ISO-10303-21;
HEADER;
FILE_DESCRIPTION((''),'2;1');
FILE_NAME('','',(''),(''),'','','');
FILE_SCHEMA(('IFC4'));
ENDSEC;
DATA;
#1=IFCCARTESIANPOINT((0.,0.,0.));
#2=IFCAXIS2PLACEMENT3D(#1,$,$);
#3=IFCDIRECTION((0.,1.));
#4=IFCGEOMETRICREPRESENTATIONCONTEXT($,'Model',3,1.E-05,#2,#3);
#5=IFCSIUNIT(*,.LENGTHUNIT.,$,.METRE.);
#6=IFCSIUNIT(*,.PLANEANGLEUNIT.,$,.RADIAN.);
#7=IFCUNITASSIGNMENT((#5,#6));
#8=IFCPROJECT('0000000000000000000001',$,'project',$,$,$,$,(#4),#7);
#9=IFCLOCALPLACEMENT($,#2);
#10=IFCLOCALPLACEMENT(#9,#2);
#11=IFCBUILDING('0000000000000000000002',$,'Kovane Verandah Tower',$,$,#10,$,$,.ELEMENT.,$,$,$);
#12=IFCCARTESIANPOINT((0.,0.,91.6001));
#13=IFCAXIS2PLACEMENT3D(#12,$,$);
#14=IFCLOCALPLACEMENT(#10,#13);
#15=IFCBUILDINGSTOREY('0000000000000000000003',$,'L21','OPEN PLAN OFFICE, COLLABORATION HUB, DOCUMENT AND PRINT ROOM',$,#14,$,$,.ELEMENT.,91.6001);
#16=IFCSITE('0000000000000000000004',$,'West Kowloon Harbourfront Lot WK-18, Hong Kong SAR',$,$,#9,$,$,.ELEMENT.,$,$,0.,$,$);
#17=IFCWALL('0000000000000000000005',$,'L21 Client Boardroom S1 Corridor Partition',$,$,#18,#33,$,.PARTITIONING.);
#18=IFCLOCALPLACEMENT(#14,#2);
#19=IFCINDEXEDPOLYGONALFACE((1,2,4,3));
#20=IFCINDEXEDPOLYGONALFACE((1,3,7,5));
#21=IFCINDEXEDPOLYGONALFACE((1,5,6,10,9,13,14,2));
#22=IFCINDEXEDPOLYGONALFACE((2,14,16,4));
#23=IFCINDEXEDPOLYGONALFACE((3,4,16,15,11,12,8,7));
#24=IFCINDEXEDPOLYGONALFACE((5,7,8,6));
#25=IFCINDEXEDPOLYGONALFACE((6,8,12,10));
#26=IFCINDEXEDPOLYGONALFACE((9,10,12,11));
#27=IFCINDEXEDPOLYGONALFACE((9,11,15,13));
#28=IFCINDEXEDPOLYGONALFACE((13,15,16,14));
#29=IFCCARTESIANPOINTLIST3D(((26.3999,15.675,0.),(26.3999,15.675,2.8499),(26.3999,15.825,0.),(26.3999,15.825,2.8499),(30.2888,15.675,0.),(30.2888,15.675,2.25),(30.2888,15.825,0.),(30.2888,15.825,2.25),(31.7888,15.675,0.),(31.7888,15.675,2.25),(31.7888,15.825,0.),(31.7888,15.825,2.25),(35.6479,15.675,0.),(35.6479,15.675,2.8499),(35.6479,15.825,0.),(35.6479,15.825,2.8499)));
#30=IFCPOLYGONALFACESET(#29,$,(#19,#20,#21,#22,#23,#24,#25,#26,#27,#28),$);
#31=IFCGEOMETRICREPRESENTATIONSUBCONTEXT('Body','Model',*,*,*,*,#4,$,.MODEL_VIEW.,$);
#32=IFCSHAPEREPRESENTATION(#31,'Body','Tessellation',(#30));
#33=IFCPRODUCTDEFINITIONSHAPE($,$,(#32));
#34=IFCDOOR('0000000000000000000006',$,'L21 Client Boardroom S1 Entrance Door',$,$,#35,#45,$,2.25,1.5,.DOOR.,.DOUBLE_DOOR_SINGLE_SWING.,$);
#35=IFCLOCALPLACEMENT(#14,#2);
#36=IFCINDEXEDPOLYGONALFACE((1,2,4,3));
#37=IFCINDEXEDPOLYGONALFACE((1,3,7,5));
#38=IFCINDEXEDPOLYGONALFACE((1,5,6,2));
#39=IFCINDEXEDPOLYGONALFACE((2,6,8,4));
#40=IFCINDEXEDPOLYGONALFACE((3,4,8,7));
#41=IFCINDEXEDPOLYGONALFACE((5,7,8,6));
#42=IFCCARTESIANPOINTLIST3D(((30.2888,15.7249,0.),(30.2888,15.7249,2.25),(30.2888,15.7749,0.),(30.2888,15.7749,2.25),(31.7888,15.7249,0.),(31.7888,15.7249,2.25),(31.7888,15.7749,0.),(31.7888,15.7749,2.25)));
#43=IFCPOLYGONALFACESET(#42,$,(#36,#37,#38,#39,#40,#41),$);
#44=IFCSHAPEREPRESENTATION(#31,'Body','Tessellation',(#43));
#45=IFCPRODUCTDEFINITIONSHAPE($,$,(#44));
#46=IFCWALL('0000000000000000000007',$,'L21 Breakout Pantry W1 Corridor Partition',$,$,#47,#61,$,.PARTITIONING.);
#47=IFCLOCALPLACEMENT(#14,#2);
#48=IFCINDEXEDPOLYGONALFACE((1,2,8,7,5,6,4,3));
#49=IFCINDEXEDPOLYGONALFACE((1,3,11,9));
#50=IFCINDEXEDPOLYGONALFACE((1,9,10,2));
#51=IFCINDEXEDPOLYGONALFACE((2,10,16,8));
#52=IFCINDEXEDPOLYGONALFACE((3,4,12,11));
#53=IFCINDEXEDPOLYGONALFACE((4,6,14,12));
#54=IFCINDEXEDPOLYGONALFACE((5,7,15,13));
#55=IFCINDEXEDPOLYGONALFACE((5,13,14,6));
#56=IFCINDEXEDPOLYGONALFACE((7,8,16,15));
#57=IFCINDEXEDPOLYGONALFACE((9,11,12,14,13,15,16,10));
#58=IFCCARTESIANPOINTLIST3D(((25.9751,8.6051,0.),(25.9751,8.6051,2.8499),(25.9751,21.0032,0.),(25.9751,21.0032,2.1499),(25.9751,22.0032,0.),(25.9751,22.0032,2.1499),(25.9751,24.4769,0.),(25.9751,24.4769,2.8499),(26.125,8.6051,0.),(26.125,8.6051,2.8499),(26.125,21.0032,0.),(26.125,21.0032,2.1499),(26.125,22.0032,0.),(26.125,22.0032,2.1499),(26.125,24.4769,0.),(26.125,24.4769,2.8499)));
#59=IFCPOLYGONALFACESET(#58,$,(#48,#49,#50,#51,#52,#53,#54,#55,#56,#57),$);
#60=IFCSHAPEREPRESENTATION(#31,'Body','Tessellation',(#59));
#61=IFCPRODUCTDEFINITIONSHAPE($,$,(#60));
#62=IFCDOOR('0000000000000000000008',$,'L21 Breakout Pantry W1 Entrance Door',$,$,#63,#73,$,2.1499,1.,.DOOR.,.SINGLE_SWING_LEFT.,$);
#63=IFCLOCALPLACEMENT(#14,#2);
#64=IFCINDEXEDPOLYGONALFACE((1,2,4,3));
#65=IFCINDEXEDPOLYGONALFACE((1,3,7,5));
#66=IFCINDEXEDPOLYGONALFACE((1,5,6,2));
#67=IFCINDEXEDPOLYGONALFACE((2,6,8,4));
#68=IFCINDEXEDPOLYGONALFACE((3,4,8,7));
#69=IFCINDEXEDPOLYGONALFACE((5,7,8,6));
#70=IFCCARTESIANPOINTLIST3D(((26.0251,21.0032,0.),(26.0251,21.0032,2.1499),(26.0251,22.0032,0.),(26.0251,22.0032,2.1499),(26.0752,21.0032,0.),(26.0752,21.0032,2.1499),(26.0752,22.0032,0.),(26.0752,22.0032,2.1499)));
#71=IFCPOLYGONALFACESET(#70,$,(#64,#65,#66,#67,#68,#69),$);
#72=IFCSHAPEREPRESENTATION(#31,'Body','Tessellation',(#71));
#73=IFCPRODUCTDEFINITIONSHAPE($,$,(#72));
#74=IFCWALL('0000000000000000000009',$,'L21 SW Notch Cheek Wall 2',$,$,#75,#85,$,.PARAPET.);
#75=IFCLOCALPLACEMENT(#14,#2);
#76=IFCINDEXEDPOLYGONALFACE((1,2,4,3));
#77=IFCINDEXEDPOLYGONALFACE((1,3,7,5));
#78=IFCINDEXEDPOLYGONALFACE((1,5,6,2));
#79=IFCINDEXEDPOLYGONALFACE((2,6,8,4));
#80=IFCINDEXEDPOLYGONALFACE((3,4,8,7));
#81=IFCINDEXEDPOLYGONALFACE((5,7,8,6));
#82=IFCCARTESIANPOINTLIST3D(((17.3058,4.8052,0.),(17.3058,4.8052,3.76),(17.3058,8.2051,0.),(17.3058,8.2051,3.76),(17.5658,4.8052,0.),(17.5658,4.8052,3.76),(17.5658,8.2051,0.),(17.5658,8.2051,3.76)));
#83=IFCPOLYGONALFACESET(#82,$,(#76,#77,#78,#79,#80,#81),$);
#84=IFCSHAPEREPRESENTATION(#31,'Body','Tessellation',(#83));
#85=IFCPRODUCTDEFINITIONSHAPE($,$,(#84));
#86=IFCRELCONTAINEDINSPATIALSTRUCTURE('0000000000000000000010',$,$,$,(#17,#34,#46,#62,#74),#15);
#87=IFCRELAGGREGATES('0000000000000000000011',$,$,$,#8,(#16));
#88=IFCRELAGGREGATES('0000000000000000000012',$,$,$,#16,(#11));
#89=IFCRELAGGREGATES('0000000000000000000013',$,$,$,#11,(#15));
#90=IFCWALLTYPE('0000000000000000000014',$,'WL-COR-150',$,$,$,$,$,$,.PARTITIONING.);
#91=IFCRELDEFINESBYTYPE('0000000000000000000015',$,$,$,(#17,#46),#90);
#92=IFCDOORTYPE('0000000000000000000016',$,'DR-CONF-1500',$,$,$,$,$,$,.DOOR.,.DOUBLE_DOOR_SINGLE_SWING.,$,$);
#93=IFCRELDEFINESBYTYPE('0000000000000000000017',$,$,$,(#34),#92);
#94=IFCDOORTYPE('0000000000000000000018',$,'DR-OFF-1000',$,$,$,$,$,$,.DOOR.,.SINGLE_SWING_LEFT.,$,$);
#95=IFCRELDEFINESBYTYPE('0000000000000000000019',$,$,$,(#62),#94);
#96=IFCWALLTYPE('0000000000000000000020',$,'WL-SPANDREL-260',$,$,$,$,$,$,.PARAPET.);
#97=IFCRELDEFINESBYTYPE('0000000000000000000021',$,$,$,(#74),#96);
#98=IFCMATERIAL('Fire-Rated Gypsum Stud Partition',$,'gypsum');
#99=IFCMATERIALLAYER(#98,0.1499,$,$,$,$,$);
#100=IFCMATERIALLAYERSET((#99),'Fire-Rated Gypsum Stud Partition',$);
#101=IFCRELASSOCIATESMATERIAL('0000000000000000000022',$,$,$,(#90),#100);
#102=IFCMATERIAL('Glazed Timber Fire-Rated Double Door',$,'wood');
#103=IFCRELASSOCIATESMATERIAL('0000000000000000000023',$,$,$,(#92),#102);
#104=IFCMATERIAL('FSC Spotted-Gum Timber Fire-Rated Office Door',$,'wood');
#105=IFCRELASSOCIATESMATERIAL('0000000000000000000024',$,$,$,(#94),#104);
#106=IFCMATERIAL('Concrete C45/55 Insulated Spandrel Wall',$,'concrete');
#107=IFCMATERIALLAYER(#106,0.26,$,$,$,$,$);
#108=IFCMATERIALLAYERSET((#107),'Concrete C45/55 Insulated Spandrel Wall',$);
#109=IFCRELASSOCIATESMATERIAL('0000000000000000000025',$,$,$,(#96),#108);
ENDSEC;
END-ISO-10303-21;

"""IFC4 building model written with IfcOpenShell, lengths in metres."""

from ifc_helpers import new_model, si_unit, direction, frame, frame_2d, origin, place, context, subcontext, project, spatial, rectangle, extrude, material, layer, layer_set, type_object, element, fill, save


model = new_model("IFC4")

# Units and contexts
model_context = context("Model", 3, precision=1e-05, world=origin(), true_north=direction((0.0, 1.0)))
body_context = subcontext(model_context, "Body", "Model", "MODEL_VIEW")
ifc_project = project(units=[si_unit("LENGTHUNIT", "METRE"), si_unit("PLANEANGLEUNIT", "RADIAN")], contexts=[model_context])

# Site, building, storey
site_placement = place(None, origin())
site = spatial("IfcSite", under=ifc_project, at=site_placement, Name="West Kowloon Harbourfront Lot WK-18, Hong Kong SAR", CompositionType="ELEMENT", RefElevation=0.0)
building_placement = place(site_placement, origin())
building = spatial("IfcBuilding", under=site, at=building_placement, Name="Kovane Verandah Tower", CompositionType="ELEMENT")
storey_placement = place(building_placement, frame((0.0, 0.0, 91.6001)))
storey = spatial("IfcBuildingStorey", under=building, at=storey_placement, Name="L21", Description="OPEN PLAN OFFICE, COLLABORATION HUB, DOCUMENT AND PRINT ROOM", CompositionType="ELEMENT", Elevation=91.6001)

# Walls, openings, doors
ifc_material_1 = material(Name="Fire-Rated Gypsum Stud Partition", Category="gypsum")
ifc_layer_1 = layer(ifc_material_1, 0.1499)
ifc_layer_set_1 = layer_set([ifc_layer_1], Name="Fire-Rated Gypsum Stud Partition")
wall_type_1 = type_object("IfcWallType", Name="WL-COR-150", PredefinedType="PARTITIONING", material=ifc_layer_set_1)
wall_1_placement = place(storey_placement, frame((26.3999, 15.75, 0.0), z_axis=(0.0, 0.0, 1.0), x_axis=(1.0, 0.0, 0.0)))
wall_1 = element("IfcWall", 1, at=wall_1_placement, inside=storey, type_object=wall_type_1, Name="L21 Client Boardroom S1 Corridor Partition", PredefinedType="PARTITIONING", context=body_context, shape_type="SweptSolid", body=[
    extrude(rectangle(XDim=9.248, YDim=0.1499, at=frame_2d((4.624, 0.0))), origin(), (0.0, 0.0, 1.0), 2.8499),
])
opening_1_placement = place(wall_1_placement, frame((3.8889, 0.0, 0.0)))
opening_1 = element("IfcOpeningElement", 2, at=opening_1_placement, cuts=wall_1, PredefinedType="OPENING", context=body_context, shape_type="SweptSolid", body=[
    extrude(rectangle(XDim=1.5, YDim=2.25, at=frame_2d((0.75, 1.125))), frame((0.0, 0.075, 0.0), z_axis=(0.0, -1.0, 0.0), x_axis=(1.0, 0.0, 0.0)), (0.0, 0.0, 1.0), 0.1499),
])
ifc_material_2 = material(Name="Glazed Timber Fire-Rated Double Door", Category="wood")
door_type_1 = type_object("IfcDoorType", Name="DR-CONF-1500", OperationType="DOUBLE_DOOR_SINGLE_SWING", PredefinedType="DOOR", material=ifc_material_2)
door_1_placement = place(opening_1_placement, origin())
door_1 = element("IfcDoor", 3, at=door_1_placement, inside=storey, type_object=door_type_1, Name="L21 Client Boardroom S1 Entrance Door", OperationType="DOUBLE_DOOR_SINGLE_SWING", OverallHeight=2.25, OverallWidth=1.5, PredefinedType="DOOR", context=body_context, shape_type="SweptSolid", body=[
    extrude(rectangle(XDim=1.5, YDim=2.25, at=frame_2d((0.75, 1.125))), frame((0.0, 0.0249, 0.0), z_axis=(0.0, -1.0, 0.0), x_axis=(1.0, 0.0, 0.0)), (0.0, 0.0, 1.0), 0.05),
])
fill(opening_1, door_1)
wall_2_placement = place(storey_placement, frame((26.05, 8.605, 0.0), z_axis=(0.0, 0.0, 1.0), x_axis=(0.0, 1.0, 0.0)))
wall_2 = element("IfcWall", 4, at=wall_2_placement, inside=storey, type_object=wall_type_1, Name="L21 Breakout Pantry W1 Corridor Partition", PredefinedType="PARTITIONING", context=body_context, shape_type="SweptSolid", body=[
    extrude(rectangle(XDim=15.8718, YDim=0.1499, at=frame_2d((7.936, 0.0))), origin(), (0.0, 0.0, 1.0), 2.8499),
])
opening_2_placement = place(wall_2_placement, frame((12.3982, 0.0, 0.0)))
opening_2 = element("IfcOpeningElement", 5, at=opening_2_placement, cuts=wall_2, PredefinedType="OPENING", context=body_context, shape_type="SweptSolid", body=[
    extrude(rectangle(XDim=1.0, YDim=2.1499, at=frame_2d((0.5, 1.075))), frame((0.0, 0.075, 0.0), z_axis=(0.0, -1.0, 0.0), x_axis=(1.0, 0.0, 0.0)), (0.0, 0.0, 1.0), 0.1499),
])
ifc_material_3 = material(Name="FSC Spotted-Gum Timber Fire-Rated Office Door", Category="wood")
door_type_2 = type_object("IfcDoorType", Name="DR-OFF-1000", OperationType="SINGLE_SWING_LEFT", PredefinedType="DOOR", material=ifc_material_3)
door_2_placement = place(opening_2_placement, origin())
door_2 = element("IfcDoor", 6, at=door_2_placement, inside=storey, type_object=door_type_2, Name="L21 Breakout Pantry W1 Entrance Door", OperationType="SINGLE_SWING_LEFT", OverallHeight=2.1499, OverallWidth=1.0, PredefinedType="DOOR", context=body_context, shape_type="SweptSolid", body=[
    extrude(rectangle(XDim=1.0, YDim=2.1499, at=frame_2d((0.5, 1.075))), frame((0.0, 0.0249, 0.0), z_axis=(0.0, -1.0, 0.0), x_axis=(1.0, 0.0, 0.0)), (0.0, 0.0, 1.0), 0.05),
])
fill(opening_2, door_2)

# Shared definitions
ifc_material_4 = material(Name="Concrete C45/55 Insulated Spandrel Wall", Category="concrete")
ifc_layer_2 = layer(ifc_material_4, 0.26)
ifc_layer_set_2 = layer_set([ifc_layer_2], Name="Concrete C45/55 Insulated Spandrel Wall")
wall_type_2 = type_object("IfcWallType", Name="WL-SPANDREL-260", PredefinedType="PARAPET", material=ifc_layer_set_2)

# Wall
wall_3_placement = place(storey_placement, frame((17.4358, 8.2051, 0.0), z_axis=(0.0, 0.0, 1.0), x_axis=(0.0, -1.0, 0.0)))
element("IfcWall", 7, at=wall_3_placement, inside=storey, type_object=wall_type_2, Name="L21 SW Notch Cheek Wall 2", PredefinedType="PARAPET", context=body_context, shape_type="SweptSolid", body=[
    extrude(rectangle(XDim=3.3999, YDim=0.26, at=frame_2d((1.7, 0.0))), origin(), (0.0, 0.0, 1.0), 3.76),
])

save(model, "model.ifc")
